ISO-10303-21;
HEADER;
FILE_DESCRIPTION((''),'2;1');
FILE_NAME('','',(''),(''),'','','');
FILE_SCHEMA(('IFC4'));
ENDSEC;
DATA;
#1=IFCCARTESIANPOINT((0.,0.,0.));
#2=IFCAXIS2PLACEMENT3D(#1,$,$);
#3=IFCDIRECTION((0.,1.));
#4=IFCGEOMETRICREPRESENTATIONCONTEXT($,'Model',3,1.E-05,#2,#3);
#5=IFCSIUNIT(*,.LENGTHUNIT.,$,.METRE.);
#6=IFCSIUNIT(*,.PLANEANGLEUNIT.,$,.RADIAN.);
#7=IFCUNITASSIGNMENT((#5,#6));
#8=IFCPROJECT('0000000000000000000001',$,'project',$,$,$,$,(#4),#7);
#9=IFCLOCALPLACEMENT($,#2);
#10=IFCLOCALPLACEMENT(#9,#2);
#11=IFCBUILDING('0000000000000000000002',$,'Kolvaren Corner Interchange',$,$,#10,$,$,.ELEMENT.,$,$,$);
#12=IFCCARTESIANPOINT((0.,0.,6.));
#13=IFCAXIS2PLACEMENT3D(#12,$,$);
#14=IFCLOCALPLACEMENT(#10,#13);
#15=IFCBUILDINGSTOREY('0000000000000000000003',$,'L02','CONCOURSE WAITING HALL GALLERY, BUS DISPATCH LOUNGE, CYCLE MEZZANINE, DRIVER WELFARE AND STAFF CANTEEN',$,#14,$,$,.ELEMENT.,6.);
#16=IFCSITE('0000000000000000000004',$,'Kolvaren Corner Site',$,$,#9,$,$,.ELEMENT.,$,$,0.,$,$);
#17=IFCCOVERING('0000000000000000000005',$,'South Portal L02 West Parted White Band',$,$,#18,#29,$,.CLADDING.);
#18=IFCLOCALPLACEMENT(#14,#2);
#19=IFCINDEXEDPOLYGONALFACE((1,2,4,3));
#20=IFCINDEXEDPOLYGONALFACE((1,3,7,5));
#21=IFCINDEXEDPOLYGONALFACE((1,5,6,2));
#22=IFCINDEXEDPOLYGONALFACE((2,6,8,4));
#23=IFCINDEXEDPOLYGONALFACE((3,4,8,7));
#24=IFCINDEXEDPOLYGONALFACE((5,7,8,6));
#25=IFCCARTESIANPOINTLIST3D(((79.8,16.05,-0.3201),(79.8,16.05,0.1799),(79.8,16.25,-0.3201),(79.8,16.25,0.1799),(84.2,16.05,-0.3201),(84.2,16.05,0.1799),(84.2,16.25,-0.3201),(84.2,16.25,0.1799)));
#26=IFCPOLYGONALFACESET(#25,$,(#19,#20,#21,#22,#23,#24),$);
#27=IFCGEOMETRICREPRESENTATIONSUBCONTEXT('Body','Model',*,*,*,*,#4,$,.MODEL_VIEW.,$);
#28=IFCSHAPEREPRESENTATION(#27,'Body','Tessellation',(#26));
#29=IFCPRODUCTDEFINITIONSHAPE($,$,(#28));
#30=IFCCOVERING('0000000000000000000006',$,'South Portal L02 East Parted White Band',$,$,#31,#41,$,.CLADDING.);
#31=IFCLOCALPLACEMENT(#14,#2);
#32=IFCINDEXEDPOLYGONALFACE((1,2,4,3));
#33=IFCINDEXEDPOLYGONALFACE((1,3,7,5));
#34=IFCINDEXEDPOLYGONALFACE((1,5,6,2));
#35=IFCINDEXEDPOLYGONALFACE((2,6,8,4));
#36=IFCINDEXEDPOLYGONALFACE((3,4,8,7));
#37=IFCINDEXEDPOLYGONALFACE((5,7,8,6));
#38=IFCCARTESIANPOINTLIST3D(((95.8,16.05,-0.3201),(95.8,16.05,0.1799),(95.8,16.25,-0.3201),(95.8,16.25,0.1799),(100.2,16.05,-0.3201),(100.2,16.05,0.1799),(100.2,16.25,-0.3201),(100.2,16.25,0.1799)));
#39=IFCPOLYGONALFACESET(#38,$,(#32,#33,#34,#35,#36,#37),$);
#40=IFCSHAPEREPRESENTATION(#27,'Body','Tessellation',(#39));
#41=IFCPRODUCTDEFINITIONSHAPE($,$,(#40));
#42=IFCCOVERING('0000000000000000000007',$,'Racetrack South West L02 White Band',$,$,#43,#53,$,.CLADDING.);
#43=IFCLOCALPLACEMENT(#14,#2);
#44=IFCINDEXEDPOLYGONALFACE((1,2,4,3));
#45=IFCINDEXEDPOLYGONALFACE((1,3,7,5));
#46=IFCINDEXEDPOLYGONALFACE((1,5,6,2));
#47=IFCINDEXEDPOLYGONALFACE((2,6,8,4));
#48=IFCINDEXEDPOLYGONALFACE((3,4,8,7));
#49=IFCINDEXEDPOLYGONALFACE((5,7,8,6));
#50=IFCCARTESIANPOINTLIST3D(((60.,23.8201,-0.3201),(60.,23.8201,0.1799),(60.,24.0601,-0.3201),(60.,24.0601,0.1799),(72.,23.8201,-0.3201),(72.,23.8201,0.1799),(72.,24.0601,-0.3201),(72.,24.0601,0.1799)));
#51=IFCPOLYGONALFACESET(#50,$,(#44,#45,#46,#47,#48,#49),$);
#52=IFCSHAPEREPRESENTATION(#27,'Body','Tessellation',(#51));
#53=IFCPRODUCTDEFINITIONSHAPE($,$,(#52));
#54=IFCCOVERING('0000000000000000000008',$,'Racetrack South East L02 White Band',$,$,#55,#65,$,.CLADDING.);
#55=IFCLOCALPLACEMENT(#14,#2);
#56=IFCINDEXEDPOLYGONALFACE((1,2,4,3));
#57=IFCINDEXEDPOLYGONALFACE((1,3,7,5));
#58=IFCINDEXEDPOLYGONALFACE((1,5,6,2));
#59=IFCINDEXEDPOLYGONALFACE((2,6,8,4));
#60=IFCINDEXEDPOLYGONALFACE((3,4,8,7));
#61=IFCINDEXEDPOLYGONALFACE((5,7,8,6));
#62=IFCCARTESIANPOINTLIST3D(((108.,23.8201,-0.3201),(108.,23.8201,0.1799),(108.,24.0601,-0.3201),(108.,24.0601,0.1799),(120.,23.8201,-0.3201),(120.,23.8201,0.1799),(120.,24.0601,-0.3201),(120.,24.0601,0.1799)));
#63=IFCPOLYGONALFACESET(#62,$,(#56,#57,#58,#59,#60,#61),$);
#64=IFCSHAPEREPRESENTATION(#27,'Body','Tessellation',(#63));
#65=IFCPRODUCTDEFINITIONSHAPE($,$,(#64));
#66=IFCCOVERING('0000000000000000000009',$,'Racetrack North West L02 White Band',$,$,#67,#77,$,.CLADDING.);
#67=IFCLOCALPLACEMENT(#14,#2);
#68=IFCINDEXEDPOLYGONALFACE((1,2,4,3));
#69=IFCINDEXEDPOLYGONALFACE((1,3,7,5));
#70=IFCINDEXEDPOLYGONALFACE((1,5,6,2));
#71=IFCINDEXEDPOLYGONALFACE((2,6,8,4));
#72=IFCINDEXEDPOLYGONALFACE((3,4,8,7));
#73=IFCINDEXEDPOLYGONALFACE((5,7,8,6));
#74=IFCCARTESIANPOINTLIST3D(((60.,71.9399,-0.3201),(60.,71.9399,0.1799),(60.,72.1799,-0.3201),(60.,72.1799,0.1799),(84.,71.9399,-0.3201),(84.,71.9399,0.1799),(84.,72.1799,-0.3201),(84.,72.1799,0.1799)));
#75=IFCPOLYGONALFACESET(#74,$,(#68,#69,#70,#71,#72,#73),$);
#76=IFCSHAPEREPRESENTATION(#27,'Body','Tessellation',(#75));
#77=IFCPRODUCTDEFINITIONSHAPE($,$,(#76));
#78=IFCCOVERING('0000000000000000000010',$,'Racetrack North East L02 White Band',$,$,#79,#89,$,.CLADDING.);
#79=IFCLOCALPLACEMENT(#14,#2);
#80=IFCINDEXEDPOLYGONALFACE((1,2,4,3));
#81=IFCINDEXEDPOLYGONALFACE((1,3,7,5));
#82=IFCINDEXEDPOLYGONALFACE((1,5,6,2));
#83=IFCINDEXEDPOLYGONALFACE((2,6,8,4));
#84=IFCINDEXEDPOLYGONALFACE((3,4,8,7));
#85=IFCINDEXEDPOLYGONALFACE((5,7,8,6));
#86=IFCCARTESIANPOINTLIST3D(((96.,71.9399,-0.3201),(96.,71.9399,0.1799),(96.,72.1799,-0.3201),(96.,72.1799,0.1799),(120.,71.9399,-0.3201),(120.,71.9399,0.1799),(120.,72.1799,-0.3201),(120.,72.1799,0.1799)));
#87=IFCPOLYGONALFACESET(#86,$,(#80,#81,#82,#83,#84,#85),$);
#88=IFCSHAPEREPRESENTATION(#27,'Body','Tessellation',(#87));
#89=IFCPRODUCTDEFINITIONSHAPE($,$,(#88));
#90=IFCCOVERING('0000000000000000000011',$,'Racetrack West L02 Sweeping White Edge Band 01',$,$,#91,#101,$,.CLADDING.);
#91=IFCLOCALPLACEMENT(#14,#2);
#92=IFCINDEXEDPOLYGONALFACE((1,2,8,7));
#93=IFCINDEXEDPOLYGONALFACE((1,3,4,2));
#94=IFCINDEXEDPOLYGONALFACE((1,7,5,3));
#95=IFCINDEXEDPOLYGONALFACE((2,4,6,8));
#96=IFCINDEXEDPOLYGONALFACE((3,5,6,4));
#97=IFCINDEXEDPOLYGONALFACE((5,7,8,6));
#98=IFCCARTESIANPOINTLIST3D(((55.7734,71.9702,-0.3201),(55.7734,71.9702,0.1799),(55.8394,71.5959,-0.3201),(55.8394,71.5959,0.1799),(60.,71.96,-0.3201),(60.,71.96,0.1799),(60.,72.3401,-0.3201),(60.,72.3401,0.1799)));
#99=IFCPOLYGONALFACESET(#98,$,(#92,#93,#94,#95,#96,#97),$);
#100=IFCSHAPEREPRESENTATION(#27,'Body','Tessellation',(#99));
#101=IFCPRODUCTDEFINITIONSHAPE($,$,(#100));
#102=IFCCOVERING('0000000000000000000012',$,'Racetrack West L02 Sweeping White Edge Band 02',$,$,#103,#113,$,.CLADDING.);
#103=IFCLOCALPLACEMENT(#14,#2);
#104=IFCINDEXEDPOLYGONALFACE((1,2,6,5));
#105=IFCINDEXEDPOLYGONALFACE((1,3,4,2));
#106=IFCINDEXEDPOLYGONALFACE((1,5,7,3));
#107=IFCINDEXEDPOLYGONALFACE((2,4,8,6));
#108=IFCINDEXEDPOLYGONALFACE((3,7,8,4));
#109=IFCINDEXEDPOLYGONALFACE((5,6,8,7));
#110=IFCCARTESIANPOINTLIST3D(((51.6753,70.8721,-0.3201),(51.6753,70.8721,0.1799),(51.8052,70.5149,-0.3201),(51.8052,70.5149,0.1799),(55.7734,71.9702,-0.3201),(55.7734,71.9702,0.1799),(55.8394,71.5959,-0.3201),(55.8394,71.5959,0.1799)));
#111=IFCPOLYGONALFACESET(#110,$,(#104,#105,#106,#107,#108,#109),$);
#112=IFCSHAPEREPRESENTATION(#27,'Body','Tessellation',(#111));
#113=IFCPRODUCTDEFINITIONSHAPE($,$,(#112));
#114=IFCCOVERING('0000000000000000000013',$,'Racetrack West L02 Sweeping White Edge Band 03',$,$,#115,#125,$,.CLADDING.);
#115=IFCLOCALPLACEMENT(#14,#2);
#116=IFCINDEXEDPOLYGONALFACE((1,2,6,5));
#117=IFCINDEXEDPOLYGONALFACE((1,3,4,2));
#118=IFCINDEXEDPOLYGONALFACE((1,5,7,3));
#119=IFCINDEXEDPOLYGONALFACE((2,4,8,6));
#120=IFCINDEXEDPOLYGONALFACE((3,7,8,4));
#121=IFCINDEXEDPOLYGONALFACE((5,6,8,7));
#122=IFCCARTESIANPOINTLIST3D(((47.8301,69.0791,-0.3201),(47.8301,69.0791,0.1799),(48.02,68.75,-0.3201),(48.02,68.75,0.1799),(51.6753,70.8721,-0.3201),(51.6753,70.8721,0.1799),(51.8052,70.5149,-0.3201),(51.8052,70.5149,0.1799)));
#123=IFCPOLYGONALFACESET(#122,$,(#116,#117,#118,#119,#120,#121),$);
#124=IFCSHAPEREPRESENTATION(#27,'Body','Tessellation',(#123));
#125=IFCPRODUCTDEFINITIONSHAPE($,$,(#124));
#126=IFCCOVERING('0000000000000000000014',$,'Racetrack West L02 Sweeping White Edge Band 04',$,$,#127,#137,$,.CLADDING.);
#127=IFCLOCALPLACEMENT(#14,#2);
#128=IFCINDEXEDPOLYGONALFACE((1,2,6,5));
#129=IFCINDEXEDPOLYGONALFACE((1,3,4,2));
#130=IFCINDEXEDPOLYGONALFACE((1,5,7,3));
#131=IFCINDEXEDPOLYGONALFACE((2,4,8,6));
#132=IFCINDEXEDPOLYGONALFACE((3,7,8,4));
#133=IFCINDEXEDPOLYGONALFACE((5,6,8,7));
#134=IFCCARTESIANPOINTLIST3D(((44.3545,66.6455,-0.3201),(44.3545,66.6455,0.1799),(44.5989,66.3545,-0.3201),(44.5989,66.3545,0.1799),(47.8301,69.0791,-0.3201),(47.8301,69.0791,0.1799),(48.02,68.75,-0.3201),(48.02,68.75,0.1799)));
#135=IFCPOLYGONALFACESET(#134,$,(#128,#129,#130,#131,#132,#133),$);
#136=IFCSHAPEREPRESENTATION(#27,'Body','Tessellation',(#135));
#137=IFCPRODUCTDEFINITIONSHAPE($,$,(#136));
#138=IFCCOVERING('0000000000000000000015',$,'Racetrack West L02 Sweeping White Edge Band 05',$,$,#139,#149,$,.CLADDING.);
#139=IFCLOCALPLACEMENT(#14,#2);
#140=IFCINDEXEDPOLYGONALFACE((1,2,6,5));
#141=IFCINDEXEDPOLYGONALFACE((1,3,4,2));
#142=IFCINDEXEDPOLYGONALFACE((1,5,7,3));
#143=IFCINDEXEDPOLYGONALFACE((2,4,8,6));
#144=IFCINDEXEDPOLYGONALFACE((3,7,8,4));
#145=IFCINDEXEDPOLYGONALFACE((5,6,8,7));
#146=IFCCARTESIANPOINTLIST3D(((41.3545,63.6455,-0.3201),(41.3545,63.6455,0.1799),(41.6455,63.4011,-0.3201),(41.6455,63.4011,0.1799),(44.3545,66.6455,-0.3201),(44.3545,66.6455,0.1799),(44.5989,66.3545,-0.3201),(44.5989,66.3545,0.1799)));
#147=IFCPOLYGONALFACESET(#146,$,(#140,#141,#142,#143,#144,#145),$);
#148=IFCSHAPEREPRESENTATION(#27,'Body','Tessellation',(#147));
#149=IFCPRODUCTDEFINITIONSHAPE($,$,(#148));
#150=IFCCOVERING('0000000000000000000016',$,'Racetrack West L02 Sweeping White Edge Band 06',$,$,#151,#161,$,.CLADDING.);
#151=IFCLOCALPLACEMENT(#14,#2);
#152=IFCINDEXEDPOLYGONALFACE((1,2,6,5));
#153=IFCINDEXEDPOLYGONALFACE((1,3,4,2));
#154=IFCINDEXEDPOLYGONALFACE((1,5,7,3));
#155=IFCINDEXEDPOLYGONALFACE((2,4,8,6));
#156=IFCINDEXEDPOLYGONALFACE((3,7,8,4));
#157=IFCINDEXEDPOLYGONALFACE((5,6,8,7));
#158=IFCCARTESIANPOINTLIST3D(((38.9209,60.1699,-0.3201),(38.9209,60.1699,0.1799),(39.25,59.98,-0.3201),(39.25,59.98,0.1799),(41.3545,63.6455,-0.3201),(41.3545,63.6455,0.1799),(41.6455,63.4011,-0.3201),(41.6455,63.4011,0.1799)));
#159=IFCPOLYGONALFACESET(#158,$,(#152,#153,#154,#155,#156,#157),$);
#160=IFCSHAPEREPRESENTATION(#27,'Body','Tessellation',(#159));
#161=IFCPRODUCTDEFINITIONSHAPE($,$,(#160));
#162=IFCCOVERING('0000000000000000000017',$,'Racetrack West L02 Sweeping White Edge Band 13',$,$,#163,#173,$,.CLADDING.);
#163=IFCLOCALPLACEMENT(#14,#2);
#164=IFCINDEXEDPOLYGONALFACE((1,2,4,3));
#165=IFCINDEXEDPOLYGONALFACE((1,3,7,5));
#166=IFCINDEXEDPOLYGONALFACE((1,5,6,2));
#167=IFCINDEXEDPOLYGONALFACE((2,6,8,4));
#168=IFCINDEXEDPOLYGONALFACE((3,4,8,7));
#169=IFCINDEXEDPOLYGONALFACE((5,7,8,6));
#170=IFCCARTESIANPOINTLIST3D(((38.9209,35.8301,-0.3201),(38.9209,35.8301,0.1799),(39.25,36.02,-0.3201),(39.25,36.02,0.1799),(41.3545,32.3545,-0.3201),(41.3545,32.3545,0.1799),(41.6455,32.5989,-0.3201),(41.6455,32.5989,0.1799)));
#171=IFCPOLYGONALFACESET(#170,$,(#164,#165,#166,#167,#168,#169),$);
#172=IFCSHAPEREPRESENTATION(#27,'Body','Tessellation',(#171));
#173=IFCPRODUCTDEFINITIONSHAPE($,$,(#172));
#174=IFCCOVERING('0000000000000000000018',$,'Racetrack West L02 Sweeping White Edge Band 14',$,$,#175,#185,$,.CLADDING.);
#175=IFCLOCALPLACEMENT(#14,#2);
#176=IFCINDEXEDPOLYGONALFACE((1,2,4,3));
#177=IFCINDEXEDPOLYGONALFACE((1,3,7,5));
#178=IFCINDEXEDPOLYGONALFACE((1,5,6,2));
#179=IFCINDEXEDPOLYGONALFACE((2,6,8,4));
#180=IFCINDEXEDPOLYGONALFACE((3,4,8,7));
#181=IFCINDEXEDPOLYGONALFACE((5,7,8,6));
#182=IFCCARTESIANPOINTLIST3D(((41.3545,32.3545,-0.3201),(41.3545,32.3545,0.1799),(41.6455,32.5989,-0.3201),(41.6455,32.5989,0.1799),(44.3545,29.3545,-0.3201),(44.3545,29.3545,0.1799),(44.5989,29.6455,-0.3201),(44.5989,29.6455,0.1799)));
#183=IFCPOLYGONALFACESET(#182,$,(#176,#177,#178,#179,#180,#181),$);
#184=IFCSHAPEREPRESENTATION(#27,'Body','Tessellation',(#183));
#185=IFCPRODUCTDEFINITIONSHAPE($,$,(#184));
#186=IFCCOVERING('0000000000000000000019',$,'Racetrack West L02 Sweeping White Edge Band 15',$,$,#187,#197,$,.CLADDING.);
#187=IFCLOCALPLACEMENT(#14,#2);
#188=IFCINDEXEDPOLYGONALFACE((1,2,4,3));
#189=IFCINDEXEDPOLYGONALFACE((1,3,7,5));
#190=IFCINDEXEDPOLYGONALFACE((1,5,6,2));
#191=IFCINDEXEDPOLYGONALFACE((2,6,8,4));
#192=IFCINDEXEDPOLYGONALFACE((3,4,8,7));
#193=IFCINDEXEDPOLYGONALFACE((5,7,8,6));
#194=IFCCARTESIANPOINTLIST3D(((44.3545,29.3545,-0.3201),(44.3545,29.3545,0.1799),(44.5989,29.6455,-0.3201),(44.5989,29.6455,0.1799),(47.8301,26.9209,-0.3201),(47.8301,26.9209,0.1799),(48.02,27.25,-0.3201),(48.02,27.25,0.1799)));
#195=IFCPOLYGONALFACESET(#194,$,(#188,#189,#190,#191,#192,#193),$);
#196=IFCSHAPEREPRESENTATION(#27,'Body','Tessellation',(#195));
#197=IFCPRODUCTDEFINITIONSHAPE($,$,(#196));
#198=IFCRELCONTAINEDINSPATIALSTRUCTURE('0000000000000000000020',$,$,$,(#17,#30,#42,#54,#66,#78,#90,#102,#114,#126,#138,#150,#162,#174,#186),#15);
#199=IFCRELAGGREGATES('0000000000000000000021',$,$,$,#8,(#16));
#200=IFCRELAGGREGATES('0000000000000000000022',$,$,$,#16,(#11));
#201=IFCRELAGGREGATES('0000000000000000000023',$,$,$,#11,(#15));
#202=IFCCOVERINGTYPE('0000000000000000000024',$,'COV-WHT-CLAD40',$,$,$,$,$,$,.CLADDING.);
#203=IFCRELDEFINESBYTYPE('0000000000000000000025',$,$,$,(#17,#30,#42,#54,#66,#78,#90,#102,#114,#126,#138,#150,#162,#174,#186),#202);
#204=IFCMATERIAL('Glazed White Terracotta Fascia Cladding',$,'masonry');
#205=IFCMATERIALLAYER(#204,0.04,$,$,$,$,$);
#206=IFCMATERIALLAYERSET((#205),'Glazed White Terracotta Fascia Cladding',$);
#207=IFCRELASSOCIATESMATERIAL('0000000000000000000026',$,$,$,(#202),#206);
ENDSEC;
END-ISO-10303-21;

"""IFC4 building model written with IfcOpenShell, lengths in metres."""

from ifc_helpers import new_model, si_unit, direction, frame, origin, place, context, subcontext, project, spatial, polyline, outline, extrude, material, layer, layer_set, type_object, element, save


model = new_model("IFC4")

# Units and contexts
model_context = context("Model", 3, precision=1e-05, world=origin(), true_north=direction((0.0, 1.0)))
body_context = subcontext(model_context, "Body", "Model", "MODEL_VIEW")
ifc_project = project(units=[si_unit("LENGTHUNIT", "METRE"), si_unit("PLANEANGLEUNIT", "RADIAN")], contexts=[model_context])

# Site, building, storey
site_placement = place(None, origin())
site = spatial("IfcSite", under=ifc_project, at=site_placement, Name="Kolvaren Corner Site", CompositionType="ELEMENT", RefElevation=0.0)
building_placement = place(site_placement, origin())
building = spatial("IfcBuilding", under=site, at=building_placement, Name="Kolvaren Corner Interchange", CompositionType="ELEMENT")
storey_placement = place(building_placement, frame((0.0, 0.0, 6.0)))
storey = spatial("IfcBuildingStorey", under=building, at=storey_placement, Name="L02", Description="CONCOURSE WAITING HALL GALLERY, BUS DISPATCH LOUNGE, CYCLE MEZZANINE, DRIVER WELFARE AND STAFF CANTEEN", CompositionType="ELEMENT", Elevation=6.0)

# Coverings
ifc_material = material(Name="Glazed White Terracotta Fascia Cladding", Category="masonry")
ifc_layer = layer(ifc_material, 0.04)
ifc_layer_set = layer_set([ifc_layer], Name="Glazed White Terracotta Fascia Cladding")
covering_type = type_object("IfcCoveringType", Name="COV-WHT-CLAD40", PredefinedType="CLADDING", material=ifc_layer_set)
covering_1_placement = place(storey_placement, frame((0.0, 0.0, -0.3201)))
element("IfcCovering", 1, at=covering_1_placement, inside=storey, type_object=covering_type, Name="South Portal L02 West Parted White Band", PredefinedType="CLADDING", context=body_context, shape_type="SweptSolid", body=[
    extrude(outline(polyline([(79.8, 16.05), (84.2, 16.05), (84.2, 16.25), (79.8, 16.25), (79.8, 16.05)])), origin(), (0.0, 0.0, 1.0), 0.5),
])
covering_2_placement = place(storey_placement, frame((0.0, 0.0, -0.3201)))
element("IfcCovering", 2, at=covering_2_placement, inside=storey, type_object=covering_type, Name="South Portal L02 East Parted White Band", PredefinedType="CLADDING", context=body_context, shape_type="SweptSolid", body=[
    extrude(outline(polyline([(95.8, 16.05), (100.2, 16.05), (100.2, 16.25), (95.8, 16.25), (95.8, 16.05)])), origin(), (0.0, 0.0, 1.0), 0.5),
])
covering_3_placement = place(storey_placement, frame((0.0, 0.0, -0.3201)))
element("IfcCovering", 3, at=covering_3_placement, inside=storey, type_object=covering_type, Name="Racetrack South West L02 White Band", PredefinedType="CLADDING", context=body_context, shape_type="SweptSolid", body=[
    extrude(outline(polyline([(60.0, 23.8201), (72.0, 23.8201), (72.0, 24.0601), (60.0, 24.0601), (60.0, 23.8201)])), origin(), (0.0, 0.0, 1.0), 0.5),
])
covering_4_placement = place(storey_placement, frame((0.0, 0.0, -0.3201)))
element("IfcCovering", 4, at=covering_4_placement, inside=storey, type_object=covering_type, Name="Racetrack South East L02 White Band", PredefinedType="CLADDING", context=body_context, shape_type="SweptSolid", body=[
    extrude(outline(polyline([(108.0, 23.8201), (120.0, 23.8201), (120.0, 24.0601), (108.0, 24.0601), (108.0, 23.8201)])), origin(), (0.0, 0.0, 1.0), 0.5),
])
covering_5_placement = place(storey_placement, frame((0.0, 0.0, -0.3201)))
element("IfcCovering", 5, at=covering_5_placement, inside=storey, type_object=covering_type, Name="Racetrack North West L02 White Band", PredefinedType="CLADDING", context=body_context, shape_type="SweptSolid", body=[
    extrude(outline(polyline([(60.0, 71.9399), (84.0, 71.9399), (84.0, 72.1799), (60.0, 72.1799), (60.0, 71.9399)])), origin(), (0.0, 0.0, 1.0), 0.5),
])
covering_6_placement = place(storey_placement, frame((0.0, 0.0, -0.3201)))
element("IfcCovering", 6, at=covering_6_placement, inside=storey, type_object=covering_type, Name="Racetrack North East L02 White Band", PredefinedType="CLADDING", context=body_context, shape_type="SweptSolid", body=[
    extrude(outline(polyline([(96.0, 71.9399), (120.0, 71.9399), (120.0, 72.1799), (96.0, 72.1799), (96.0, 71.9399)])), origin(), (0.0, 0.0, 1.0), 0.5),
])
covering_7_placement = place(storey_placement, frame((0.0, 0.0, -0.3201)))
element("IfcCovering", 7, at=covering_7_placement, inside=storey, type_object=covering_type, Name="Racetrack West L02 Sweeping White Edge Band 01", PredefinedType="CLADDING", context=body_context, shape_type="SweptSolid", body=[
    extrude(outline(polyline([(60.0, 71.96), (60.0, 72.3401), (55.7734, 71.9702), (55.8394, 71.5959), (60.0, 71.96)])), origin(), (0.0, 0.0, 1.0), 0.5),
])
covering_8_placement = place(storey_placement, frame((0.0, 0.0, -0.3201)))
element("IfcCovering", 8, at=covering_8_placement, inside=storey, type_object=covering_type, Name="Racetrack West L02 Sweeping White Edge Band 02", PredefinedType="CLADDING", context=body_context, shape_type="SweptSolid", body=[
    extrude(outline(polyline([(55.8394, 71.5959), (55.7734, 71.9702), (51.6753, 70.8721), (51.8052, 70.5149), (55.8394, 71.5959)])), origin(), (0.0, 0.0, 1.0), 0.5),
])
covering_9_placement = place(storey_placement, frame((0.0, 0.0, -0.3201)))
element("IfcCovering", 9, at=covering_9_placement, inside=storey, type_object=covering_type, Name="Racetrack West L02 Sweeping White Edge Band 03", PredefinedType="CLADDING", context=body_context, shape_type="SweptSolid", body=[
    extrude(outline(polyline([(51.8052, 70.5149), (51.6753, 70.8721), (47.8301, 69.0791), (48.02, 68.75), (51.8052, 70.5149)])), origin(), (0.0, 0.0, 1.0), 0.5),
])
covering_10_placement = place(storey_placement, frame((0.0, 0.0, -0.3201)))
element("IfcCovering", 10, at=covering_10_placement, inside=storey, type_object=covering_type, Name="Racetrack West L02 Sweeping White Edge Band 04", PredefinedType="CLADDING", context=body_context, shape_type="SweptSolid", body=[
    extrude(outline(polyline([(48.02, 68.75), (47.8301, 69.0791), (44.3545, 66.6455), (44.5989, 66.3545), (48.02, 68.75)])), origin(), (0.0, 0.0, 1.0), 0.5),
])
covering_11_placement = place(storey_placement, frame((0.0, 0.0, -0.3201)))
element("IfcCovering", 11, at=covering_11_placement, inside=storey, type_object=covering_type, Name="Racetrack West L02 Sweeping White Edge Band 05", PredefinedType="CLADDING", context=body_context, shape_type="SweptSolid", body=[
    extrude(outline(polyline([(44.5989, 66.3545), (44.3545, 66.6455), (41.3545, 63.6455), (41.6455, 63.4011), (44.5989, 66.3545)])), origin(), (0.0, 0.0, 1.0), 0.5),
])
covering_12_placement = place(storey_placement, frame((0.0, 0.0, -0.3201)))
element("IfcCovering", 12, at=covering_12_placement, inside=storey, type_object=covering_type, Name="Racetrack West L02 Sweeping White Edge Band 06", PredefinedType="CLADDING", context=body_context, shape_type="SweptSolid", body=[
    extrude(outline(polyline([(41.6455, 63.4011), (41.3545, 63.6455), (38.9209, 60.1699), (39.25, 59.98), (41.6455, 63.4011)])), origin(), (0.0, 0.0, 1.0), 0.5),
])
covering_13_placement = place(storey_placement, frame((0.0, 0.0, -0.3201)))
element("IfcCovering", 13, at=covering_13_placement, inside=storey, type_object=covering_type, Name="Racetrack West L02 Sweeping White Edge Band 13", PredefinedType="CLADDING", context=body_context, shape_type="SweptSolid", body=[
    extrude(outline(polyline([(39.25, 36.02), (38.9209, 35.8301), (41.3545, 32.3545), (41.6455, 32.5989), (39.25, 36.02)])), origin(), (0.0, 0.0, 1.0), 0.5),
])
covering_14_placement = place(storey_placement, frame((0.0, 0.0, -0.3201)))
element("IfcCovering", 14, at=covering_14_placement, inside=storey, type_object=covering_type, Name="Racetrack West L02 Sweeping White Edge Band 14", PredefinedType="CLADDING", context=body_context, shape_type="SweptSolid", body=[
    extrude(outline(polyline([(41.6455, 32.5989), (41.3545, 32.3545), (44.3545, 29.3545), (44.5989, 29.6455), (41.6455, 32.5989)])), origin(), (0.0, 0.0, 1.0), 0.5),
])
covering_15_placement = place(storey_placement, frame((0.0, 0.0, -0.3201)))
element("IfcCovering", 15, at=covering_15_placement, inside=storey, type_object=covering_type, Name="Racetrack West L02 Sweeping White Edge Band 15", PredefinedType="CLADDING", context=body_context, shape_type="SweptSolid", body=[
    extrude(outline(polyline([(44.5989, 29.6455), (44.3545, 29.3545), (47.8301, 26.9209), (48.02, 27.25), (44.5989, 29.6455)])), origin(), (0.0, 0.0, 1.0), 0.5),
])

save(model, "model.ifc")
